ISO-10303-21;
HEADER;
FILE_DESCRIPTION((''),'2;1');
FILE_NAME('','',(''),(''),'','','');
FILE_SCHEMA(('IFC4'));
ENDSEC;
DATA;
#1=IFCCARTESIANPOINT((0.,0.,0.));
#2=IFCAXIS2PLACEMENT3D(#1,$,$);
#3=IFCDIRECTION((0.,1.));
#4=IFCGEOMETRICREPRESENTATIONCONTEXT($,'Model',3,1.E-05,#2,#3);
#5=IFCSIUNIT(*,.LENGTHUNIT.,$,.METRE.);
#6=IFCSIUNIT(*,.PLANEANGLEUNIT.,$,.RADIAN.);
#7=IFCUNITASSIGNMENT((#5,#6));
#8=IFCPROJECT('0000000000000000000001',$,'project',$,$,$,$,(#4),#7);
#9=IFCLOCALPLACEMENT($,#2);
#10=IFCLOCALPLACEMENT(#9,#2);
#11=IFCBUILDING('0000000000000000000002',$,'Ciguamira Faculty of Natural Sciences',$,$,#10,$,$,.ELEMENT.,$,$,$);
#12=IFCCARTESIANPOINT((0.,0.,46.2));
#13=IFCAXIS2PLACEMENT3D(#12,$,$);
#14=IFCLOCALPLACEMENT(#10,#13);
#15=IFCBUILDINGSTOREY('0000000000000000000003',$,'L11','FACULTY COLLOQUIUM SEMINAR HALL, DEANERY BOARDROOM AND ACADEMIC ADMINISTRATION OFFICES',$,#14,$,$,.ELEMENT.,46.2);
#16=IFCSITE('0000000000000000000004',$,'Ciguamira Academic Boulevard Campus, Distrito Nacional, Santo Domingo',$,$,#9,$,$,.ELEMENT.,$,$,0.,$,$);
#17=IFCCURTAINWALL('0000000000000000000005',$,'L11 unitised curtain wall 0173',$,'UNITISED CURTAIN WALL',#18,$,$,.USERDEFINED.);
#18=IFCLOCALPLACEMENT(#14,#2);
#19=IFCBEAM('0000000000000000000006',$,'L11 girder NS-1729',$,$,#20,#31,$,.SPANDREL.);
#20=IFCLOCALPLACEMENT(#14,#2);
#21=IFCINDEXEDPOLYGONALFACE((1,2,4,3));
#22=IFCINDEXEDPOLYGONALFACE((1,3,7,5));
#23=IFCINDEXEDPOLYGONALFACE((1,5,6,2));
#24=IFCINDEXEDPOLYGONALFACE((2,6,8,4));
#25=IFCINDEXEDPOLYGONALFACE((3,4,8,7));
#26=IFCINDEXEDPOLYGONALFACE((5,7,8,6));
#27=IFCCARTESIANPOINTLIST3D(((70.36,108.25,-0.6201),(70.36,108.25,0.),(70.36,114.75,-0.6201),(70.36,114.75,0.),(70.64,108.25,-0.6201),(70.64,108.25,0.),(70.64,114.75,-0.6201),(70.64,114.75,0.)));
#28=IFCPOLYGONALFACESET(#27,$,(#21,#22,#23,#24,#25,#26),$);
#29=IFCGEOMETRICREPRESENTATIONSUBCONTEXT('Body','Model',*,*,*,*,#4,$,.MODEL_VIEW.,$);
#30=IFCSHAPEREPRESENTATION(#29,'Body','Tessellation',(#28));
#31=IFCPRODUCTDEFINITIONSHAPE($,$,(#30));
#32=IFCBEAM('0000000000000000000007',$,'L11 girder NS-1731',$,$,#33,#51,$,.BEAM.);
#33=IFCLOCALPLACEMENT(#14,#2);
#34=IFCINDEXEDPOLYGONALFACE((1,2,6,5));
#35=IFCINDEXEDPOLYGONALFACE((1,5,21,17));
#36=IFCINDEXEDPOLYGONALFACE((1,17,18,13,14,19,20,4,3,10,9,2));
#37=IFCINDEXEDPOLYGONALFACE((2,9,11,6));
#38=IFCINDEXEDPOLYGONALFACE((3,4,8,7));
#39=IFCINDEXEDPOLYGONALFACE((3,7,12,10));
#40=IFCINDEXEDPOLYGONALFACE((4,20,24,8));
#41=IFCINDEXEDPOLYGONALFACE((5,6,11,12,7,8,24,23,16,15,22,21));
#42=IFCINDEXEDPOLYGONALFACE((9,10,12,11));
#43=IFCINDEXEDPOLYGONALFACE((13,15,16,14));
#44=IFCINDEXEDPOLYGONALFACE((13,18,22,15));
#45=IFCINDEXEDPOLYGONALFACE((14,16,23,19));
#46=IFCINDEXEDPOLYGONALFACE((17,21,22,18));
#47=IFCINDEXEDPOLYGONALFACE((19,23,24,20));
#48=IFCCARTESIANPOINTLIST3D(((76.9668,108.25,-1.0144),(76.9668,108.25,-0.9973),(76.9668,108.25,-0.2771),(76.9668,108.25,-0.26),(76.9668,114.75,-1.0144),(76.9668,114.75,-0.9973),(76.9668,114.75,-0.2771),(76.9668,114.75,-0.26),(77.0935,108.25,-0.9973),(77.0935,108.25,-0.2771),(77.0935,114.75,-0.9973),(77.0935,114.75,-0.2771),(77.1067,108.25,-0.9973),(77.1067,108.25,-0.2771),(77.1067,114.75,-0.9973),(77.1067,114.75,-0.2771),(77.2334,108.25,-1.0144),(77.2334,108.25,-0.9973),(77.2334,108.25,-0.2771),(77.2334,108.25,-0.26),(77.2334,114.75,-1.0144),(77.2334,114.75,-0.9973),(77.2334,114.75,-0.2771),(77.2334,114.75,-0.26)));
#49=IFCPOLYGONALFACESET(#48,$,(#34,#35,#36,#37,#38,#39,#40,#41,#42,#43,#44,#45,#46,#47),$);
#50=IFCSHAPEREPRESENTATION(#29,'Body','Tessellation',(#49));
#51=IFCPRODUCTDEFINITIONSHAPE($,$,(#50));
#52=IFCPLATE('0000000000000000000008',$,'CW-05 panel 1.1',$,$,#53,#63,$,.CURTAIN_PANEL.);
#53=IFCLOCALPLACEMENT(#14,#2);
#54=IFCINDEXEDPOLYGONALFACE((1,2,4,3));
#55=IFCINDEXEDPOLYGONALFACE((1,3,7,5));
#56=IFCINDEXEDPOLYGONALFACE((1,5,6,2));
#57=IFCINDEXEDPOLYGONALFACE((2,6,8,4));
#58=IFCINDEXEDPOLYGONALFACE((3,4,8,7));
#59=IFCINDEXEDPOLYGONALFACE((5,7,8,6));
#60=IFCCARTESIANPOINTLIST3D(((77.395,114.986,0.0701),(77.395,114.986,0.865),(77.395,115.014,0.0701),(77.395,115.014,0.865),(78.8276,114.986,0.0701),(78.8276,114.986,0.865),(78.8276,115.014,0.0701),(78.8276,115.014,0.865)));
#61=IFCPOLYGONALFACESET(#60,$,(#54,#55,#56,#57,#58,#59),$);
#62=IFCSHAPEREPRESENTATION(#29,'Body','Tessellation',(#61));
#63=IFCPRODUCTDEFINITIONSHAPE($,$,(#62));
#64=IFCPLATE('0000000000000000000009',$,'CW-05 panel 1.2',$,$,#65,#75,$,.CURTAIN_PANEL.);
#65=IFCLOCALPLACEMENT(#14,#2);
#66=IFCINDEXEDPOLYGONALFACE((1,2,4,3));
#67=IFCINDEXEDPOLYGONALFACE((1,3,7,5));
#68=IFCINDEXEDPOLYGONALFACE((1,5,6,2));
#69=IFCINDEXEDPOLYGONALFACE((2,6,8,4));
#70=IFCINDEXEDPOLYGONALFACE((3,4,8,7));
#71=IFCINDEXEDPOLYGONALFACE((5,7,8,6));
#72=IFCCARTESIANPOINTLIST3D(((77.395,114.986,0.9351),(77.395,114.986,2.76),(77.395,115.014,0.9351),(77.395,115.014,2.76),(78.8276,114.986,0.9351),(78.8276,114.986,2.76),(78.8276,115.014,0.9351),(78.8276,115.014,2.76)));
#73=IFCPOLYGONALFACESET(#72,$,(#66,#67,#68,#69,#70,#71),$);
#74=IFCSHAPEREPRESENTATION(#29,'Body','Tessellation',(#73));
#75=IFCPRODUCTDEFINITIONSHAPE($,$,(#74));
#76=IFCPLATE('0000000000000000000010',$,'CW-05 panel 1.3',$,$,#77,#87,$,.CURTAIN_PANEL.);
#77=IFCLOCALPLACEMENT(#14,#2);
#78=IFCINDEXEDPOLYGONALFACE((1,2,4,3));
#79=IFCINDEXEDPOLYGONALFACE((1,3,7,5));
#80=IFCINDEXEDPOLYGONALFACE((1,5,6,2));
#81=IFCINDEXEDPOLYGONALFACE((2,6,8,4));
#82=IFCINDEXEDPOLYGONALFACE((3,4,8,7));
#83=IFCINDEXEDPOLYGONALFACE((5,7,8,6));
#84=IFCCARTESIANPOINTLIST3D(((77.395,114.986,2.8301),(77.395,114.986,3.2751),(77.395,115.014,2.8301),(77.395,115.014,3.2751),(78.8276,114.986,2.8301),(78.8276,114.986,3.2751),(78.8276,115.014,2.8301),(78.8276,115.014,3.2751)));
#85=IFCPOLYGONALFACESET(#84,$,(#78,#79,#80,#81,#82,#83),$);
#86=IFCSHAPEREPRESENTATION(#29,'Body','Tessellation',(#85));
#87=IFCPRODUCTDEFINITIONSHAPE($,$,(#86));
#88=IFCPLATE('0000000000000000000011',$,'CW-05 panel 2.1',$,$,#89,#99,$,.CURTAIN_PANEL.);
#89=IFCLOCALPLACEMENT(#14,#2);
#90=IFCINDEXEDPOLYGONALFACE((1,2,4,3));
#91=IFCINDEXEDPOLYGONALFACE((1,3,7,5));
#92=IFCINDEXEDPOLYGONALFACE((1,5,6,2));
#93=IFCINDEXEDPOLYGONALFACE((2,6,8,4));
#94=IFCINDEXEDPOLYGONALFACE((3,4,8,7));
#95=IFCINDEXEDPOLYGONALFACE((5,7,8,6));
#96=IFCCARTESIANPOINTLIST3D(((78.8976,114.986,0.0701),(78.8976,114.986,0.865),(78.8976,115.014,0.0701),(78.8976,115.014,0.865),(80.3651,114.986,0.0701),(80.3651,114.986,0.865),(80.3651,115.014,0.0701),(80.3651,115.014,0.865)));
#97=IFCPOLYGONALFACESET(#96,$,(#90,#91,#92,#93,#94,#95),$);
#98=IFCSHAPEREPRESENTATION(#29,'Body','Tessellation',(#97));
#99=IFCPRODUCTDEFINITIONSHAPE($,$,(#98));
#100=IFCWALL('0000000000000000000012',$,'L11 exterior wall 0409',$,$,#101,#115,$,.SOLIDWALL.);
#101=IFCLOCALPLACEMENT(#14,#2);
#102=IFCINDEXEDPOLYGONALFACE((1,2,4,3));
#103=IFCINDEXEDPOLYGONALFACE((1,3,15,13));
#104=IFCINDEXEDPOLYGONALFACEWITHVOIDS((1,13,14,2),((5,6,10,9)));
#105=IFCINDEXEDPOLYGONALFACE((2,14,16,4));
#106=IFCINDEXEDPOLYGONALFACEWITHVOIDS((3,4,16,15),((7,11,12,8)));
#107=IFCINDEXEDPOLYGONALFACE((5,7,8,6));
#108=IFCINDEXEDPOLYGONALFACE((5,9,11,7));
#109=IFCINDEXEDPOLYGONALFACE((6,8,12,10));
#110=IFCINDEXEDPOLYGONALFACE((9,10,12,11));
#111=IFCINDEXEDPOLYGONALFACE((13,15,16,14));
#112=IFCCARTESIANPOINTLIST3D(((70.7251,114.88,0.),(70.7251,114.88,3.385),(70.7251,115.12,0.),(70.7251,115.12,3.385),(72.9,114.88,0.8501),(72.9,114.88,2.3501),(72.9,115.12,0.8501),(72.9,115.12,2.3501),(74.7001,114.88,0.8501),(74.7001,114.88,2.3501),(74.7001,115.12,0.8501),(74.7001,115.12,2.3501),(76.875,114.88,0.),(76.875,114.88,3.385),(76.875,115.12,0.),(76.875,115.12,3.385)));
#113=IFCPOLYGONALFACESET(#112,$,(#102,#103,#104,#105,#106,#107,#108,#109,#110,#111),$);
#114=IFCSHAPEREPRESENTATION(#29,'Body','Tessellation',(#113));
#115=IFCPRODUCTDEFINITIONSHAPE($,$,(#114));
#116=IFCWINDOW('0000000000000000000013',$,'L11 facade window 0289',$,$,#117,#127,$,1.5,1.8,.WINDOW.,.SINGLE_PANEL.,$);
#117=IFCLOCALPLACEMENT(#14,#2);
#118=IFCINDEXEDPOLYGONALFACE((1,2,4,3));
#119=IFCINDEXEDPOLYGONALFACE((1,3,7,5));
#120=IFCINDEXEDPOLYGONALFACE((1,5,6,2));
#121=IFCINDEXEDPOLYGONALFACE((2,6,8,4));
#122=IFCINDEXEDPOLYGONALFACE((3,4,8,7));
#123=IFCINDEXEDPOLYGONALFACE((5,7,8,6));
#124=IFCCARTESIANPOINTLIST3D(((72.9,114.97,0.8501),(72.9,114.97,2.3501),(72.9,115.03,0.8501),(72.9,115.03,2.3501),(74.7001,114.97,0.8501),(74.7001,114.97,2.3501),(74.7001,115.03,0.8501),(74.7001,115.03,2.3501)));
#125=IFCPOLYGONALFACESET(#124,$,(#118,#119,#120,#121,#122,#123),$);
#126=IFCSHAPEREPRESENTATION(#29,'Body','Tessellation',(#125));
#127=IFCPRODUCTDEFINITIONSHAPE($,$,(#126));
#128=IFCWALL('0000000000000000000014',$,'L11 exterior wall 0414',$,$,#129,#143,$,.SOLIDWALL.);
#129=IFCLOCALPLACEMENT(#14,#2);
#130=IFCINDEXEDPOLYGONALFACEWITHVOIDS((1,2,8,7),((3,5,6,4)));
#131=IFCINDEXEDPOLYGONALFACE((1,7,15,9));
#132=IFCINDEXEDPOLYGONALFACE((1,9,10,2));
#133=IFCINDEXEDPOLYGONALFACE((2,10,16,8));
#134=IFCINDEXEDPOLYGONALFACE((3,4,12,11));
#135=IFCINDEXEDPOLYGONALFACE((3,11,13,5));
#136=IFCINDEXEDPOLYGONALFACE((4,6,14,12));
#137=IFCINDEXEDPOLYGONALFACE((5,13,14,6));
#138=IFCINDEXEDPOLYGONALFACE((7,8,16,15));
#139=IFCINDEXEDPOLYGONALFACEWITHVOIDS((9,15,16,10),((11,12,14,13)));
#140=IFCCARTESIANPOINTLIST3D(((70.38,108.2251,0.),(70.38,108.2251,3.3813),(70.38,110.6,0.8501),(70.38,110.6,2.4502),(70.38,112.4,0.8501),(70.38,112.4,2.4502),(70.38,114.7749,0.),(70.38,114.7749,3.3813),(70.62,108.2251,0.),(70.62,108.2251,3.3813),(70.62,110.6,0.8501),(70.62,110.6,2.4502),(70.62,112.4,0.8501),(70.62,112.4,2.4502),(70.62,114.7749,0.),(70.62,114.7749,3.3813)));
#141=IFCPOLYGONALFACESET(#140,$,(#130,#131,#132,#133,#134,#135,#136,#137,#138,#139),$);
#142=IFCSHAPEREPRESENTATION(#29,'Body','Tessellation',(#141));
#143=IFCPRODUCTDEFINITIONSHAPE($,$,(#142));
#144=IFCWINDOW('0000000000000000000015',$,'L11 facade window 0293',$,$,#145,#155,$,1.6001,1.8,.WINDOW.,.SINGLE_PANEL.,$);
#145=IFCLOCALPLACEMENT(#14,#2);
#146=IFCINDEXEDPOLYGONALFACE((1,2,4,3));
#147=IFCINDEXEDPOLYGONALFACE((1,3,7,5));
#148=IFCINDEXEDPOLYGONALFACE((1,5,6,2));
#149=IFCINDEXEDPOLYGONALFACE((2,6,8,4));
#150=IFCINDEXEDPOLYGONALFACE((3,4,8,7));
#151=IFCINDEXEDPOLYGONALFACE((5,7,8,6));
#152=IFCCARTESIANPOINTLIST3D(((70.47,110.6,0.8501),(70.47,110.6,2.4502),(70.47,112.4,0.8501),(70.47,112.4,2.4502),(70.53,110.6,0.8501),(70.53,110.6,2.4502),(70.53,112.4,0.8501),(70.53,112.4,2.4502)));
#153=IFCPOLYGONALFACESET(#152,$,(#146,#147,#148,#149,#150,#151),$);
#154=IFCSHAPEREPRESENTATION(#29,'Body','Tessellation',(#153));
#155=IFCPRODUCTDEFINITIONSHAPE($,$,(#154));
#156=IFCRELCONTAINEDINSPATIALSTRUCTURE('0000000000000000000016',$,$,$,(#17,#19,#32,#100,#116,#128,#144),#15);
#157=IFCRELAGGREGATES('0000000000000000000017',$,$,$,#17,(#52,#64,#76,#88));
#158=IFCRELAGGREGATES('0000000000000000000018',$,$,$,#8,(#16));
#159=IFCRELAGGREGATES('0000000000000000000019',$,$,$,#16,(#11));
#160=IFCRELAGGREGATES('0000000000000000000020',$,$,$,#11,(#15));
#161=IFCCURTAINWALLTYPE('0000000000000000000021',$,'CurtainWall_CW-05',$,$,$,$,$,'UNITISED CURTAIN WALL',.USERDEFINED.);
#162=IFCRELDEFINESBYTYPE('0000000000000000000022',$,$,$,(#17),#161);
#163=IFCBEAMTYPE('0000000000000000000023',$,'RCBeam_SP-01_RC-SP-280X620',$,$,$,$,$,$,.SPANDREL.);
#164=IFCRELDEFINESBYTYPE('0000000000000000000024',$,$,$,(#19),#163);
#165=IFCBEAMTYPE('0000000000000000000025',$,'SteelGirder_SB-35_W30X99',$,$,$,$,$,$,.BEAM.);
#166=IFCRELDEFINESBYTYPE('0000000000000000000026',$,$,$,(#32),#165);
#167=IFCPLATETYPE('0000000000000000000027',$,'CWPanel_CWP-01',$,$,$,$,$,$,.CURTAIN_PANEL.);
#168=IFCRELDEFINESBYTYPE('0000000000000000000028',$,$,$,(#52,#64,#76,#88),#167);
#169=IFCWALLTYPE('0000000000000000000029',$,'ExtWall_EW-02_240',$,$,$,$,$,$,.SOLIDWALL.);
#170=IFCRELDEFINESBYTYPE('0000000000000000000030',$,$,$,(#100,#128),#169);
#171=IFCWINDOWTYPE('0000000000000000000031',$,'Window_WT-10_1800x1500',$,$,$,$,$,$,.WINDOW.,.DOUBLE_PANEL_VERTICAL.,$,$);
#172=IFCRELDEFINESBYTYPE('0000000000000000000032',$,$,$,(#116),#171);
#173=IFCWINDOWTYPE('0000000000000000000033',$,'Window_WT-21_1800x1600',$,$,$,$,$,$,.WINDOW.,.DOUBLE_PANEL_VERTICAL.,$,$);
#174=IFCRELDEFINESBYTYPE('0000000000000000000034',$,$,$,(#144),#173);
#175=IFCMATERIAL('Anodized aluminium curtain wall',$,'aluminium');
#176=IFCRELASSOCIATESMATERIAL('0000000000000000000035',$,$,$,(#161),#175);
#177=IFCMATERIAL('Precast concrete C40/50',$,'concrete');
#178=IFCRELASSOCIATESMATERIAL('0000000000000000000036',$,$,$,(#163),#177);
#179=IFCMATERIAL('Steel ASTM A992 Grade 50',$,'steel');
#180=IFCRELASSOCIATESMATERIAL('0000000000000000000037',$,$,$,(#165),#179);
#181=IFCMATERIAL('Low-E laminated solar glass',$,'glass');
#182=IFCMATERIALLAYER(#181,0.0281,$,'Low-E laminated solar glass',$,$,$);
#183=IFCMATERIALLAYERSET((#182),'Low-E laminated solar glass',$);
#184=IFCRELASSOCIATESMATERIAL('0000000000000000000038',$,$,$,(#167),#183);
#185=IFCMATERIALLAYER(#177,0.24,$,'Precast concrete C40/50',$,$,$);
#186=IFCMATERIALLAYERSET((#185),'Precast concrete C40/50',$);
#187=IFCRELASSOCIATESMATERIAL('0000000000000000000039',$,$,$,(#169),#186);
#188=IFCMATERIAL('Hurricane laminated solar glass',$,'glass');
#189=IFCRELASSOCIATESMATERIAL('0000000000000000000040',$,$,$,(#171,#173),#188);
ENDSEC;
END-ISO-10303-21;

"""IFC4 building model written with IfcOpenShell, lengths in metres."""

from ifc_helpers import new_model, si_unit, direction, frame, frame_2d, origin, origin_2d, place, context, subcontext, project, spatial, rectangle, i_section, extrude, material, layer, layer_set, material_profile, profile_set, type_object, element, fill, aggregate, save


model = new_model("IFC4")

# Units and contexts
model_context = context("Model", 3, precision=1e-05, world=origin(), true_north=direction((0.0, 1.0)))
body_context = subcontext(model_context, "Body", "Model", "MODEL_VIEW")
ifc_project = project(units=[si_unit("LENGTHUNIT", "METRE"), si_unit("PLANEANGLEUNIT", "RADIAN")], contexts=[model_context])

# Site, building, storey
site_placement = place(None, origin())
site = spatial("IfcSite", under=ifc_project, at=site_placement, Name="Ciguamira Academic Boulevard Campus, Distrito Nacional, Santo Domingo", CompositionType="ELEMENT", RefElevation=0.0)
building_placement = place(site_placement, origin())
building = spatial("IfcBuilding", under=site, at=building_placement, Name="Ciguamira Faculty of Natural Sciences", CompositionType="ELEMENT")
storey_placement = place(building_placement, frame((0.0, 0.0, 46.2)))
storey = spatial("IfcBuildingStorey", under=building, at=storey_placement, Name="L11", Description="FACULTY COLLOQUIUM SEMINAR HALL, DEANERY BOARDROOM AND ACADEMIC ADMINISTRATION OFFICES", CompositionType="ELEMENT", Elevation=46.2)

# Curtain wall
ifc_material_1 = material(Name="Anodized aluminium curtain wall", Category="aluminium")
curtain_wall_type = type_object("IfcCurtainWallType", Name="CurtainWall_CW-05", ElementType="UNITISED CURTAIN WALL", PredefinedType="USERDEFINED", material=ifc_material_1)
curtain_wall_placement = place(storey_placement, origin())
curtain_wall = element("IfcCurtainWall", 1, at=curtain_wall_placement, inside=storey, type_object=curtain_wall_type, Name="L11 unitised curtain wall 0173", ObjectType="UNITISED CURTAIN WALL", PredefinedType="USERDEFINED")

# Beams
ifc_material_2 = material(Name="Precast concrete C40/50", Category="concrete")
ifc_material_profile_1 = material_profile(ifc_material_2, rectangle(XDim=0.28, YDim=0.6201, at=origin_2d()), Name="RC-SP-280X620")
ifc_profile_set_1 = profile_set([ifc_material_profile_1], Name="Precast concrete C40/50")
beam_type_1 = type_object("IfcBeamType", Name="RCBeam_SP-01_RC-SP-280X620", PredefinedType="SPANDREL", material=ifc_profile_set_1)
beam_1_placement = place(storey_placement, frame((70.5, 108.25, -0.3101), z_axis=(0.0, 1.0, 0.0), x_axis=(-1.0, 0.0, 0.0)))
element("IfcBeam", 2, at=beam_1_placement, inside=storey, type_object=beam_type_1, Name="L11 girder NS-1729", PredefinedType="SPANDREL", context=body_context, shape_type="SweptSolid", body=[
    extrude(rectangle(XDim=0.28, YDim=0.6201, at=origin_2d()), origin(), (0.0, 0.0, 1.0), 6.5),
])
ifc_material_3 = material(Name="Steel ASTM A992 Grade 50", Category="steel")
ifc_material_profile_2 = material_profile(ifc_material_3, i_section(OverallWidth=0.2666, OverallDepth=0.7544, WebThickness=0.0132, FlangeThickness=0.0171, at=origin_2d()), Name="W30X99")
ifc_profile_set_2 = profile_set([ifc_material_profile_2], Name="Steel ASTM A992 Grade 50")
beam_type_2 = type_object("IfcBeamType", Name="SteelGirder_SB-35_W30X99", PredefinedType="BEAM", material=ifc_profile_set_2)
beam_2_placement = place(storey_placement, frame((77.1001, 108.25, -0.6372), z_axis=(0.0, 1.0, 0.0), x_axis=(-1.0, 0.0, 0.0)))
element("IfcBeam", 3, at=beam_2_placement, inside=storey, type_object=beam_type_2, Name="L11 girder NS-1731", PredefinedType="BEAM", context=body_context, shape_type="SweptSolid", body=[
    extrude(i_section(OverallWidth=0.2666, OverallDepth=0.7544, WebThickness=0.0132, FlangeThickness=0.0171, at=origin_2d()), origin(), (0.0, 0.0, 1.0), 6.5),
])

# Plates
ifc_material_4 = material(Name="Low-E laminated solar glass", Category="glass")
ifc_layer_1 = layer(ifc_material_4, 0.0281, Name="Low-E laminated solar glass")
ifc_layer_set_1 = layer_set([ifc_layer_1], Name="Low-E laminated solar glass")
plate_type = type_object("IfcPlateType", Name="CWPanel_CWP-01", PredefinedType="CURTAIN_PANEL", material=ifc_layer_set_1)
plate_1_placement = place(storey_placement, frame((78.1113, 115.0, 0.0701), z_axis=(0.0, 0.0, 1.0), x_axis=(1.0, 0.0, 0.0)))
plate_1 = element("IfcPlate", 4, at=plate_1_placement, type_object=plate_type, Name="CW-05 panel 1.1", PredefinedType="CURTAIN_PANEL", context=body_context, shape_type="SweptSolid", body=[
    extrude(rectangle(XDim=1.4326, YDim=0.0281, at=origin_2d()), origin(), (0.0, 0.0, 1.0), 0.7949),
])
plate_2_placement = place(storey_placement, frame((78.1113, 115.0, 0.9351), z_axis=(0.0, 0.0, 1.0), x_axis=(1.0, 0.0, 0.0)))
plate_2 = element("IfcPlate", 5, at=plate_2_placement, type_object=plate_type, Name="CW-05 panel 1.2", PredefinedType="CURTAIN_PANEL", context=body_context, shape_type="SweptSolid", body=[
    extrude(rectangle(XDim=1.4326, YDim=0.0281, at=origin_2d()), origin(), (0.0, 0.0, 1.0), 1.825),
])
plate_3_placement = place(storey_placement, frame((78.1113, 115.0, 2.8301), z_axis=(0.0, 0.0, 1.0), x_axis=(1.0, 0.0, 0.0)))
plate_3 = element("IfcPlate", 6, at=plate_3_placement, type_object=plate_type, Name="CW-05 panel 1.3", PredefinedType="CURTAIN_PANEL", context=body_context, shape_type="SweptSolid", body=[
    extrude(rectangle(XDim=1.4326, YDim=0.0281, at=origin_2d()), origin(), (0.0, 0.0, 1.0), 0.4451),
])
plate_4_placement = place(storey_placement, frame((79.6313, 115.0, 0.0701), z_axis=(0.0, 0.0, 1.0), x_axis=(1.0, 0.0, 0.0)))
plate_4 = element("IfcPlate", 7, at=plate_4_placement, type_object=plate_type, Name="CW-05 panel 2.1", PredefinedType="CURTAIN_PANEL", context=body_context, shape_type="SweptSolid", body=[
    extrude(rectangle(XDim=1.4675, YDim=0.0281, at=origin_2d()), origin(), (0.0, 0.0, 1.0), 0.7949),
])
aggregate(curtain_wall, [plate_1, plate_2, plate_3, plate_4])

# Walls, openings, windows
ifc_layer_2 = layer(ifc_material_2, 0.24, Name="Precast concrete C40/50")
ifc_layer_set_2 = layer_set([ifc_layer_2], Name="Precast concrete C40/50")
wall_type = type_object("IfcWallType", Name="ExtWall_EW-02_240", PredefinedType="SOLIDWALL", material=ifc_layer_set_2)
wall_1_placement = place(storey_placement, frame((70.7251, 115.0, 0.0), z_axis=(0.0, 0.0, 1.0), x_axis=(1.0, 0.0, 0.0)))
wall_1 = element("IfcWall", 8, at=wall_1_placement, inside=storey, type_object=wall_type, Name="L11 exterior wall 0409", PredefinedType="SOLIDWALL", context=body_context, shape_type="SweptSolid", body=[
    extrude(rectangle(XDim=6.1499, YDim=0.24, at=frame_2d((3.075, 0.0))), origin(), (0.0, 0.0, 1.0), 3.385),
])
opening_1_placement = place(wall_1_placement, frame((2.175, 0.0, 0.8501)))
opening_1 = element("IfcOpeningElement", 9, at=opening_1_placement, cuts=wall_1, PredefinedType="OPENING", context=body_context, shape_type="SweptSolid", body=[
    extrude(rectangle(XDim=1.8, YDim=1.5, at=frame_2d((0.8999, 0.75))), frame((0.0, 0.1299, 0.0), z_axis=(0.0, -1.0, 0.0), x_axis=(1.0, 0.0, 0.0)), (0.0, 0.0, 1.0), 0.26),
])
ifc_material_5 = material(Name="Hurricane laminated solar glass", Category="glass")
window_type_1 = type_object("IfcWindowType", Name="Window_WT-10_1800x1500", PartitioningType="DOUBLE_PANEL_VERTICAL", PredefinedType="WINDOW", material=ifc_material_5)
window_1_placement = place(opening_1_placement, origin())
window_1 = element("IfcWindow", 10, at=window_1_placement, inside=storey, type_object=window_type_1, Name="L11 facade window 0289", OverallHeight=1.5, OverallWidth=1.8, PartitioningType="SINGLE_PANEL", PredefinedType="WINDOW", context=body_context, shape_type="SweptSolid", body=[
    extrude(rectangle(XDim=1.8, YDim=1.5, at=frame_2d((0.8999, 0.75))), frame((0.0, 0.03, 0.0), z_axis=(0.0, -1.0, 0.0), x_axis=(1.0, 0.0, 0.0)), (0.0, 0.0, 1.0), 0.0601),
])
fill(opening_1, window_1)
wall_2_placement = place(storey_placement, frame((70.5, 108.2251, 0.0), z_axis=(0.0, 0.0, 1.0), x_axis=(0.0, 1.0, 0.0)))
wall_2 = element("IfcWall", 11, at=wall_2_placement, inside=storey, type_object=wall_type, Name="L11 exterior wall 0414", PredefinedType="SOLIDWALL", context=body_context, shape_type="SweptSolid", body=[
    extrude(rectangle(XDim=6.5498, YDim=0.24, at=frame_2d((3.2749, 0.0))), origin(), (0.0, 0.0, 1.0), 3.3813),
])
opening_2_placement = place(wall_2_placement, frame((2.375, 0.0, 0.8501)))
opening_2 = element("IfcOpeningElement", 12, at=opening_2_placement, cuts=wall_2, PredefinedType="OPENING", context=body_context, shape_type="SweptSolid", body=[
    extrude(rectangle(XDim=1.8, YDim=1.6001, at=frame_2d((0.8999, 0.8))), frame((0.0, 0.1299, 0.0), z_axis=(0.0, -1.0, 0.0), x_axis=(1.0, 0.0, 0.0)), (0.0, 0.0, 1.0), 0.26),
])
window_type_2 = type_object("IfcWindowType", Name="Window_WT-21_1800x1600", PartitioningType="DOUBLE_PANEL_VERTICAL", PredefinedType="WINDOW", material=ifc_material_5)
window_2_placement = place(opening_2_placement, origin())
window_2 = element("IfcWindow", 13, at=window_2_placement, inside=storey, type_object=window_type_2, Name="L11 facade window 0293", OverallHeight=1.6001, OverallWidth=1.8, PartitioningType="SINGLE_PANEL", PredefinedType="WINDOW", context=body_context, shape_type="SweptSolid", body=[
    extrude(rectangle(XDim=1.8, YDim=1.6001, at=frame_2d((0.8999, 0.8))), frame((0.0, 0.03, 0.0), z_axis=(0.0, -1.0, 0.0), x_axis=(1.0, 0.0, 0.0)), (0.0, 0.0, 1.0), 0.0601),
])
fill(opening_2, window_2)

save(model, "model.ifc")
